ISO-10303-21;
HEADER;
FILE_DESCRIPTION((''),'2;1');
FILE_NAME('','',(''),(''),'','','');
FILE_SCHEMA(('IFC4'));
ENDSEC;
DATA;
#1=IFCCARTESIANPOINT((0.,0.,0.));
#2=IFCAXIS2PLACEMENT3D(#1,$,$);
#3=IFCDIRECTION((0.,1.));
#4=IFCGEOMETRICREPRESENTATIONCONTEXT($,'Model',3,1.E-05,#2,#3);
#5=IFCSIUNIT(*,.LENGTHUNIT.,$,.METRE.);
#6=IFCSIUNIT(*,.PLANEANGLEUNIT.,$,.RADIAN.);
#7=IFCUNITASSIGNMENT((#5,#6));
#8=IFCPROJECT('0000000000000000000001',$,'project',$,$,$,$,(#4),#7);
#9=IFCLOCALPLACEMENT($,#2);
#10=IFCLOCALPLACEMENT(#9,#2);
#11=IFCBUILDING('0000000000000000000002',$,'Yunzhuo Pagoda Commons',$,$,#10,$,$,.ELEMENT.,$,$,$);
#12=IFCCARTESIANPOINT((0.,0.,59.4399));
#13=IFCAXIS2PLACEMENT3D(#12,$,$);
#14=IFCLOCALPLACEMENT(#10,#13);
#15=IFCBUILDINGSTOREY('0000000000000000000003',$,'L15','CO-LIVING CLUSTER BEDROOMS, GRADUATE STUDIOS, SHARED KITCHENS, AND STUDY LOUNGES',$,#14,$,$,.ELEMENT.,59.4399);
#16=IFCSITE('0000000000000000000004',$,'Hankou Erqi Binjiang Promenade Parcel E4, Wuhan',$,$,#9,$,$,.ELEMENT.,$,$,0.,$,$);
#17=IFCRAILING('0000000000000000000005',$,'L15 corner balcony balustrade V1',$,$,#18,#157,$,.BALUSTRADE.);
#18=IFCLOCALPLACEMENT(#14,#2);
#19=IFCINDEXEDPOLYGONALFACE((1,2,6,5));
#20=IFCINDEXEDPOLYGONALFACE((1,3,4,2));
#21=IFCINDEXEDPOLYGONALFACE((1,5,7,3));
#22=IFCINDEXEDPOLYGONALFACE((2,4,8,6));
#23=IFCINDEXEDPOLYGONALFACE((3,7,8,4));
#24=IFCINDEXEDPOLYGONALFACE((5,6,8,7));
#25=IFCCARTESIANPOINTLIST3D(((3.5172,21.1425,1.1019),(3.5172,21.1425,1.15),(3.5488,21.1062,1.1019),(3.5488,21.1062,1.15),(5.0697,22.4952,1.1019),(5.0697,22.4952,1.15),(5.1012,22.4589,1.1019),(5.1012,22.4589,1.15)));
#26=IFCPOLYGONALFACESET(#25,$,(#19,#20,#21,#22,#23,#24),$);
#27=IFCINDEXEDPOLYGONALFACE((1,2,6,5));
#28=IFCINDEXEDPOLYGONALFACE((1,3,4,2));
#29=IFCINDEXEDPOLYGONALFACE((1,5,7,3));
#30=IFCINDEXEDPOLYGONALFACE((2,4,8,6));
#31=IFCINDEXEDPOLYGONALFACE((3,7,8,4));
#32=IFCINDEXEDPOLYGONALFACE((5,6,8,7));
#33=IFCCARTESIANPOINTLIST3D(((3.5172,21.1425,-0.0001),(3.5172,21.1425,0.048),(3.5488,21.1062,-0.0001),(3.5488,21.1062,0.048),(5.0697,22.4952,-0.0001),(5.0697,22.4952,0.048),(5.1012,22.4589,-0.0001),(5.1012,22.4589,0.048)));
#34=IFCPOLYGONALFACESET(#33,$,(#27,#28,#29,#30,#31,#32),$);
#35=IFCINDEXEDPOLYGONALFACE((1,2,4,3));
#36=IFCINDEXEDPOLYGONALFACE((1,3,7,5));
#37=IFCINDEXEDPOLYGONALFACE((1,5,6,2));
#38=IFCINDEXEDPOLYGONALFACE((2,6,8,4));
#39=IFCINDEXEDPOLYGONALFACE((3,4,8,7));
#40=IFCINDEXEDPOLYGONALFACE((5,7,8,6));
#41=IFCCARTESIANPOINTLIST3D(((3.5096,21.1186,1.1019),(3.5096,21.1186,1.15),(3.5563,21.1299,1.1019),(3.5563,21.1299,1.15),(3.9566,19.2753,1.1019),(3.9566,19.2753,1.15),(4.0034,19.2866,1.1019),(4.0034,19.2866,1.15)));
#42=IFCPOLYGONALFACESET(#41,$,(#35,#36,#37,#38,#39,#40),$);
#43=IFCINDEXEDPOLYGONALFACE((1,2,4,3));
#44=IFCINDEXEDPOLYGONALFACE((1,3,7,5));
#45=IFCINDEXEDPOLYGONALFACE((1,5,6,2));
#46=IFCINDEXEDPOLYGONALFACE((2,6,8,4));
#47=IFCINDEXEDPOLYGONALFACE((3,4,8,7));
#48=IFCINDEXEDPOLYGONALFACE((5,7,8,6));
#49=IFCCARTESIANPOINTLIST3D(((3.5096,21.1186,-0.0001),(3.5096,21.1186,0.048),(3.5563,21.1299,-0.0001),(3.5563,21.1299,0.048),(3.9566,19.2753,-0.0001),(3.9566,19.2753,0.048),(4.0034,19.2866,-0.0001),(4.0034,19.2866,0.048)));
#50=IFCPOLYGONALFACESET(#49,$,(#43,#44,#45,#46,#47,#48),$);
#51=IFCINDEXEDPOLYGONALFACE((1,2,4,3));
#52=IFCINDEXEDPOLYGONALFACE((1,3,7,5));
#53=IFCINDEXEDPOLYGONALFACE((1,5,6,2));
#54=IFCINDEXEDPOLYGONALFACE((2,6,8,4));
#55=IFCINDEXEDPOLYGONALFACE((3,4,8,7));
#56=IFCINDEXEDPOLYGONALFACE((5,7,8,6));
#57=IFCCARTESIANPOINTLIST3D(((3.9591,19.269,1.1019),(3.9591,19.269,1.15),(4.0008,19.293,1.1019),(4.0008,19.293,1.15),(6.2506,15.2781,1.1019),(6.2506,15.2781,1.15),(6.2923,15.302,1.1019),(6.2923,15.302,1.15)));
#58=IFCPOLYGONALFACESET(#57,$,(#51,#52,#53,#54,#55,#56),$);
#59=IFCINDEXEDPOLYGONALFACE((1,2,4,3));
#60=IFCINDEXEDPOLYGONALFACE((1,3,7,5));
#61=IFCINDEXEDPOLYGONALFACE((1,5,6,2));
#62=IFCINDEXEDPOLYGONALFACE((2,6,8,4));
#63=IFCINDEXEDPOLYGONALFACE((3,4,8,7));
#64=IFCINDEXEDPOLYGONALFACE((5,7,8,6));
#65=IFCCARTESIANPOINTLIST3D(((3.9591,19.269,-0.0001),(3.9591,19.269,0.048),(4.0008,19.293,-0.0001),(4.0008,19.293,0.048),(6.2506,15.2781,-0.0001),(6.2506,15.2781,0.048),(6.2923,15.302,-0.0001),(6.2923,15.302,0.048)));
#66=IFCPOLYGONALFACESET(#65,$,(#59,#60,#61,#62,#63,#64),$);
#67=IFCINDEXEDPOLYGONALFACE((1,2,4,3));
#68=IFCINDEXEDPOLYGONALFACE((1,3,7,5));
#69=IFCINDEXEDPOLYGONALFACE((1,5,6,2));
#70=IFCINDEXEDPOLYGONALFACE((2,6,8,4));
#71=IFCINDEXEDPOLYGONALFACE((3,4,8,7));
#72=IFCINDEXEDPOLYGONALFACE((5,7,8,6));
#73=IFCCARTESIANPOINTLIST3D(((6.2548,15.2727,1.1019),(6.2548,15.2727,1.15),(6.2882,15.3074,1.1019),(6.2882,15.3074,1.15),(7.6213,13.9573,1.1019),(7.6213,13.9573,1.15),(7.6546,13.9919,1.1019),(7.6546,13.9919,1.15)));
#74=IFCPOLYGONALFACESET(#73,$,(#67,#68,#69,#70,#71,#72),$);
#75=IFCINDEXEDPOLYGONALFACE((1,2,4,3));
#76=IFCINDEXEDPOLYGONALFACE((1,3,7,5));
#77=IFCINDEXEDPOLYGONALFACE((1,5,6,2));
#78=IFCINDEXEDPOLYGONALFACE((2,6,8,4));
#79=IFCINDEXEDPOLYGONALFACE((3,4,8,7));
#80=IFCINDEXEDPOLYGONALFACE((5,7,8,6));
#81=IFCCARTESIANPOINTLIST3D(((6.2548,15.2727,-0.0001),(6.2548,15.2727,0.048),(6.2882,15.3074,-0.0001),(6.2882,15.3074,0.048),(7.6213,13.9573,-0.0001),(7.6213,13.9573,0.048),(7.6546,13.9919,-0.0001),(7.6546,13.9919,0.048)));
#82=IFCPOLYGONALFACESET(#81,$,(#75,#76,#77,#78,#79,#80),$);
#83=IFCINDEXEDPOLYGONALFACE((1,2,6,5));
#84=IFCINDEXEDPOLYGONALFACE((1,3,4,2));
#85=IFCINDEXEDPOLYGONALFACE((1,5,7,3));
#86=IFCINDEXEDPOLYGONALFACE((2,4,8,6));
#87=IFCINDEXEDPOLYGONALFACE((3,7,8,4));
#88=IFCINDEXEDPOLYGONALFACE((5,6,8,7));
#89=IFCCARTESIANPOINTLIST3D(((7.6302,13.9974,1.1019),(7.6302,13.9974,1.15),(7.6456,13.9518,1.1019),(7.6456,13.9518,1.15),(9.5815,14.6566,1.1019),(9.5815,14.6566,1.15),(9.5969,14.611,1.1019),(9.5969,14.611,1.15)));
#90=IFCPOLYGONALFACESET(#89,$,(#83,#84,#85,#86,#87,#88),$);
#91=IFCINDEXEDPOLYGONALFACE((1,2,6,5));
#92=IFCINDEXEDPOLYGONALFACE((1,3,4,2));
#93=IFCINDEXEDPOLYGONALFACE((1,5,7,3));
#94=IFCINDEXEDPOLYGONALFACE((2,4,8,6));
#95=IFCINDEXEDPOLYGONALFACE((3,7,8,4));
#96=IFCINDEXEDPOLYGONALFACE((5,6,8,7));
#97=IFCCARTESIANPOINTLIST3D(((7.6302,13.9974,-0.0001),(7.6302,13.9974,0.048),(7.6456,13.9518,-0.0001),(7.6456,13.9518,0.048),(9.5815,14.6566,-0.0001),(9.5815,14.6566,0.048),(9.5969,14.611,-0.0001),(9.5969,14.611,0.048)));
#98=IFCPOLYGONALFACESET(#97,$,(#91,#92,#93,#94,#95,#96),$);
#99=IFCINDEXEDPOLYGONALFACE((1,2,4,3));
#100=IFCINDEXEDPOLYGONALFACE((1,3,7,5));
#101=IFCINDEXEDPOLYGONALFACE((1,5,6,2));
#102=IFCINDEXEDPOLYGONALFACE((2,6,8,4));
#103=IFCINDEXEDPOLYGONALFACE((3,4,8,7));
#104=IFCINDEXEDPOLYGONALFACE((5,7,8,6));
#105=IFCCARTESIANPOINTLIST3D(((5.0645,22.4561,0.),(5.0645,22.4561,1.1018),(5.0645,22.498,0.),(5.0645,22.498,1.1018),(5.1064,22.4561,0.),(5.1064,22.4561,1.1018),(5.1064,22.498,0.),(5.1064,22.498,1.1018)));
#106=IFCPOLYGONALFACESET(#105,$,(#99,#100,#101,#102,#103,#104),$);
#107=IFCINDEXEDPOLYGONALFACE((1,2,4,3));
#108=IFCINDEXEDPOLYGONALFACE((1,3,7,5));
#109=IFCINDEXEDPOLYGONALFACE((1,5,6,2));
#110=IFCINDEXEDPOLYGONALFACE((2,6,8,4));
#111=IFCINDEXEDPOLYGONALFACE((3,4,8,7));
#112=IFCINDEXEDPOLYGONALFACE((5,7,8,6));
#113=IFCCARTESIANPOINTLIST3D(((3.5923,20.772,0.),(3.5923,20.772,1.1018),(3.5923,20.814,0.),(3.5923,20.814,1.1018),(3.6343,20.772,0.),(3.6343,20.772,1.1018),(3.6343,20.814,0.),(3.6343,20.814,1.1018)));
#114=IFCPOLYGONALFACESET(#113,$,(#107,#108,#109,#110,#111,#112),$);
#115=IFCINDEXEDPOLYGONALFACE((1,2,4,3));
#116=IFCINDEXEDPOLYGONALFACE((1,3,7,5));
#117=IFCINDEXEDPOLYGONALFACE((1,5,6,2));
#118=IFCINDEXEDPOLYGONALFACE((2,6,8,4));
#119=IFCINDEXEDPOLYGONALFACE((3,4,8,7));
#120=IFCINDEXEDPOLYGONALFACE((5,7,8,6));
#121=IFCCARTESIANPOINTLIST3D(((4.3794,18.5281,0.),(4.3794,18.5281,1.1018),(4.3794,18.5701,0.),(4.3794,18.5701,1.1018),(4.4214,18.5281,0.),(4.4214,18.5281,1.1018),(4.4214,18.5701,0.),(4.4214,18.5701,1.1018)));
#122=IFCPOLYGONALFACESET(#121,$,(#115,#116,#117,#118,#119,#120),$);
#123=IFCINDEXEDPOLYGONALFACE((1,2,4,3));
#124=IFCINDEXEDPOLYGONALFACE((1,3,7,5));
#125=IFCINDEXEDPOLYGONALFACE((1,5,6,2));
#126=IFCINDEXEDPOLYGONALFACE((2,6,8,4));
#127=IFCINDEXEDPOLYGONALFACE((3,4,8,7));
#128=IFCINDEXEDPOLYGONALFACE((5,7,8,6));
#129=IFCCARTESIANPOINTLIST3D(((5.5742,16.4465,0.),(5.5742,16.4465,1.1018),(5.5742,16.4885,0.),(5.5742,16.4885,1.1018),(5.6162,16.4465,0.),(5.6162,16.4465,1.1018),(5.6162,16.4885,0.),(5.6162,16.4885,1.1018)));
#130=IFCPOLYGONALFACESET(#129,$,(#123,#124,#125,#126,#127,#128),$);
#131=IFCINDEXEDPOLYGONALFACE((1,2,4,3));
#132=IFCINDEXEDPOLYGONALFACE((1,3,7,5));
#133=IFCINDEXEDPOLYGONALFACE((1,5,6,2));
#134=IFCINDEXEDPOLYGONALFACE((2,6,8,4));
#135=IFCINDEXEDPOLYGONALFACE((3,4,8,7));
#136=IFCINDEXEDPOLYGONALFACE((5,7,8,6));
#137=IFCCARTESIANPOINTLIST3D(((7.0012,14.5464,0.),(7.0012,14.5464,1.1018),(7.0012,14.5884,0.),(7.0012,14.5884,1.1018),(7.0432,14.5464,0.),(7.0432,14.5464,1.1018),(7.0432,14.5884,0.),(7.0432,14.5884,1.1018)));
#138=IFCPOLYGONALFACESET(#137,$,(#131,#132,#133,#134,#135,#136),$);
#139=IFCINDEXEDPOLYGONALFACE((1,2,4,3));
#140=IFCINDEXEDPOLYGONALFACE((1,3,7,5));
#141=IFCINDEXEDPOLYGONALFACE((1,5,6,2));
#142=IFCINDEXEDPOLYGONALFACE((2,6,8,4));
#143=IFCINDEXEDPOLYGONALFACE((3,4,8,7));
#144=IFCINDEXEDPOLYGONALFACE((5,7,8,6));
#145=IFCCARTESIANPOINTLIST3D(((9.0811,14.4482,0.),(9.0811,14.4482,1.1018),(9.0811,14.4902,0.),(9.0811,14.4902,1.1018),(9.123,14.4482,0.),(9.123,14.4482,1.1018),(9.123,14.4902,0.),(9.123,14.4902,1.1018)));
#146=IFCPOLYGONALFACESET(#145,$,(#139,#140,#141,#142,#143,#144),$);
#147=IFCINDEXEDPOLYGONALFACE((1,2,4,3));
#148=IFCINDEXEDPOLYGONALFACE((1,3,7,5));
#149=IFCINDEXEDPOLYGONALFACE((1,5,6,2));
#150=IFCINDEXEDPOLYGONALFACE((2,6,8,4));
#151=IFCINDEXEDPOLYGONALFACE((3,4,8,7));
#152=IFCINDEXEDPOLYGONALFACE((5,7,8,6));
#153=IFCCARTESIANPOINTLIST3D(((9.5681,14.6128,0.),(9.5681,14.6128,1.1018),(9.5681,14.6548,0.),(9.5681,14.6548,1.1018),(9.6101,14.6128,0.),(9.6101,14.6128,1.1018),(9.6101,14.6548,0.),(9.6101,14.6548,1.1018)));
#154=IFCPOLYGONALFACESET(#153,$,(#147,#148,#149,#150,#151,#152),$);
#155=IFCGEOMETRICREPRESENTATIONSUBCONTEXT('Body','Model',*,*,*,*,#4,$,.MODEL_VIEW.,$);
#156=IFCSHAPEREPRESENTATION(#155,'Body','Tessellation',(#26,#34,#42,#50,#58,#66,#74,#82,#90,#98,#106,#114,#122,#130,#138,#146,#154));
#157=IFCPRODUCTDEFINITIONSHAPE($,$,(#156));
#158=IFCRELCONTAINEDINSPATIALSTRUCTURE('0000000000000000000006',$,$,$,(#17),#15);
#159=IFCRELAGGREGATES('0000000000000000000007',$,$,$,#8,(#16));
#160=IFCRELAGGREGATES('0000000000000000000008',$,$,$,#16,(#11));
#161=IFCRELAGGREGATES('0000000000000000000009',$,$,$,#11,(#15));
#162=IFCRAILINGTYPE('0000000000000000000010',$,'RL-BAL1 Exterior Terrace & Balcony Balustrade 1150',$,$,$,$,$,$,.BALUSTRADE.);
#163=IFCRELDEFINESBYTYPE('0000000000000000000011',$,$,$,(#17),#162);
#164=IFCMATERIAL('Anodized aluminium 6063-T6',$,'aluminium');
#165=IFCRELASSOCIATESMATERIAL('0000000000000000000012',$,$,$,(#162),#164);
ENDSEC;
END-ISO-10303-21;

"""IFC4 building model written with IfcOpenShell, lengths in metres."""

from ifc_helpers import new_model, si_unit, direction, frame, origin, origin_2d, place, context, subcontext, project, spatial, rectangle, extrude, material, type_object, element, save


model = new_model("IFC4")

# Units and contexts
model_context = context("Model", 3, precision=1e-05, world=origin(), true_north=direction((0.0, 1.0)))
body_context = subcontext(model_context, "Body", "Model", "MODEL_VIEW")
ifc_project = project(units=[si_unit("LENGTHUNIT", "METRE"), si_unit("PLANEANGLEUNIT", "RADIAN")], contexts=[model_context])

# Site, building, storey
site_placement = place(None, origin())
site = spatial("IfcSite", under=ifc_project, at=site_placement, Name="Hankou Erqi Binjiang Promenade Parcel E4, Wuhan", CompositionType="ELEMENT", RefElevation=0.0)
building_placement = place(site_placement, origin())
building = spatial("IfcBuilding", under=site, at=building_placement, Name="Yunzhuo Pagoda Commons", CompositionType="ELEMENT")
storey_placement = place(building_placement, frame((0.0, 0.0, 59.4399)))
storey = spatial("IfcBuildingStorey", under=building, at=storey_placement, Name="L15", Description="CO-LIVING CLUSTER BEDROOMS, GRADUATE STUDIOS, SHARED KITCHENS, AND STUDY LOUNGES", CompositionType="ELEMENT", Elevation=59.4399)

# Shared definitions
ifc_material_1 = material(Name="Anodized aluminium 6063-T6", Category="aluminium")

# Railing
railing_type = type_object("IfcRailingType", Name="RL-BAL1 Exterior Terrace & Balcony Balustrade 1150", PredefinedType="BALUSTRADE", material=ifc_material_1)
railing_placement = place(storey_placement, frame((5.0854, 22.4771, 0.0)))
element("IfcRailing", 1, at=railing_placement, inside=storey, type_object=railing_type, Name="L15 corner balcony balustrade V1", PredefinedType="BALUSTRADE", context=body_context, shape_type="SweptSolid", body=[
    extrude(rectangle(XDim=0.0481, YDim=0.0481, at=origin_2d()), frame((0.0, 0.0, 1.126), z_axis=(-0.753934, -0.65695, 0.0), x_axis=(0.65695, -0.753934, 0.0)), (0.0, 0.0, 1.0), 2.0591),
    extrude(rectangle(XDim=0.0481, YDim=0.0481, at=origin_2d()), frame((0.0, 0.0, 0.0239), z_axis=(-0.753934, -0.65695, 0.0), x_axis=(0.65695, -0.753934, 0.0)), (0.0, 0.0, 1.0), 2.0591),
    extrude(rectangle(XDim=0.0481, YDim=0.0481, at=origin_2d()), frame((-1.5525, -1.3528, 1.126), z_axis=(0.235685, -0.97183, 0.0), x_axis=(0.97183, 0.235685, 0.0)), (0.0, 0.0, 1.0), 1.8967),
    extrude(rectangle(XDim=0.0481, YDim=0.0481, at=origin_2d()), frame((-1.5525, -1.3528, 0.0239), z_axis=(0.235685, -0.97183, 0.0), x_axis=(0.97183, 0.235685, 0.0)), (0.0, 0.0, 1.0), 1.8967),
    extrude(rectangle(XDim=0.0481, YDim=0.0481, at=origin_2d()), frame((-1.1055, -3.196, 1.126), z_axis=(0.497932, -0.867216, 0.0), x_axis=(0.867216, 0.497932, 0.0)), (0.0, 0.0, 1.0), 4.6021),
    extrude(rectangle(XDim=0.0481, YDim=0.0481, at=origin_2d()), frame((-1.1055, -3.196, 0.0239), z_axis=(0.497932, -0.867216, 0.0), x_axis=(0.867216, 0.497932, 0.0)), (0.0, 0.0, 1.0), 4.6021),
    extrude(rectangle(XDim=0.0481, YDim=0.0481, at=origin_2d()), frame((1.186, -7.187, 1.126), z_axis=(0.72043, -0.693528, 0.0), x_axis=(0.693528, 0.72043, 0.0)), (0.0, 0.0, 1.0), 1.8967),
    extrude(rectangle(XDim=0.0481, YDim=0.0481, at=origin_2d()), frame((1.186, -7.187, 0.0239), z_axis=(0.72043, -0.693528, 0.0), x_axis=(0.693528, 0.72043, 0.0)), (0.0, 0.0, 1.0), 1.8967),
    extrude(rectangle(XDim=0.0481, YDim=0.0481, at=origin_2d()), frame((2.5525, -8.5024, 1.126), z_axis=(0.947395, 0.320066, 0.0), x_axis=(-0.320066, 0.947395, 0.0)), (0.0, 0.0, 1.0), 2.0596),
    extrude(rectangle(XDim=0.0481, YDim=0.0481, at=origin_2d()), frame((2.5525, -8.5024, 0.0239), z_axis=(0.947395, 0.320066, 0.0), x_axis=(-0.320066, 0.947395, 0.0)), (0.0, 0.0, 1.0), 2.0596),
    extrude(rectangle(XDim=0.042, YDim=0.042, at=origin_2d()), origin(), (0.0, 0.0, 1.0), 1.1018),
    extrude(rectangle(XDim=0.042, YDim=0.042, at=origin_2d()), frame((-1.4722, -1.6841, 0.0)), (0.0, 0.0, 1.0), 1.1018),
    extrude(rectangle(XDim=0.042, YDim=0.042, at=origin_2d()), frame((-0.6851, -3.928, 0.0)), (0.0, 0.0, 1.0), 1.1018),
    extrude(rectangle(XDim=0.042, YDim=0.042, at=origin_2d()), frame((0.5098, -6.0095, 0.0)), (0.0, 0.0, 1.0), 1.1018),
    extrude(rectangle(XDim=0.042, YDim=0.042, at=origin_2d()), frame((1.9368, -7.9097, 0.0)), (0.0, 0.0, 1.0), 1.1018),
    extrude(rectangle(XDim=0.042, YDim=0.042, at=origin_2d()), frame((4.0166, -8.0078, 0.0)), (0.0, 0.0, 1.0), 1.1018),
    extrude(rectangle(XDim=0.042, YDim=0.042, at=origin_2d()), frame((4.5037, -7.8433, 0.0)), (0.0, 0.0, 1.0), 1.1018),
])

save(model, "model.ifc")
